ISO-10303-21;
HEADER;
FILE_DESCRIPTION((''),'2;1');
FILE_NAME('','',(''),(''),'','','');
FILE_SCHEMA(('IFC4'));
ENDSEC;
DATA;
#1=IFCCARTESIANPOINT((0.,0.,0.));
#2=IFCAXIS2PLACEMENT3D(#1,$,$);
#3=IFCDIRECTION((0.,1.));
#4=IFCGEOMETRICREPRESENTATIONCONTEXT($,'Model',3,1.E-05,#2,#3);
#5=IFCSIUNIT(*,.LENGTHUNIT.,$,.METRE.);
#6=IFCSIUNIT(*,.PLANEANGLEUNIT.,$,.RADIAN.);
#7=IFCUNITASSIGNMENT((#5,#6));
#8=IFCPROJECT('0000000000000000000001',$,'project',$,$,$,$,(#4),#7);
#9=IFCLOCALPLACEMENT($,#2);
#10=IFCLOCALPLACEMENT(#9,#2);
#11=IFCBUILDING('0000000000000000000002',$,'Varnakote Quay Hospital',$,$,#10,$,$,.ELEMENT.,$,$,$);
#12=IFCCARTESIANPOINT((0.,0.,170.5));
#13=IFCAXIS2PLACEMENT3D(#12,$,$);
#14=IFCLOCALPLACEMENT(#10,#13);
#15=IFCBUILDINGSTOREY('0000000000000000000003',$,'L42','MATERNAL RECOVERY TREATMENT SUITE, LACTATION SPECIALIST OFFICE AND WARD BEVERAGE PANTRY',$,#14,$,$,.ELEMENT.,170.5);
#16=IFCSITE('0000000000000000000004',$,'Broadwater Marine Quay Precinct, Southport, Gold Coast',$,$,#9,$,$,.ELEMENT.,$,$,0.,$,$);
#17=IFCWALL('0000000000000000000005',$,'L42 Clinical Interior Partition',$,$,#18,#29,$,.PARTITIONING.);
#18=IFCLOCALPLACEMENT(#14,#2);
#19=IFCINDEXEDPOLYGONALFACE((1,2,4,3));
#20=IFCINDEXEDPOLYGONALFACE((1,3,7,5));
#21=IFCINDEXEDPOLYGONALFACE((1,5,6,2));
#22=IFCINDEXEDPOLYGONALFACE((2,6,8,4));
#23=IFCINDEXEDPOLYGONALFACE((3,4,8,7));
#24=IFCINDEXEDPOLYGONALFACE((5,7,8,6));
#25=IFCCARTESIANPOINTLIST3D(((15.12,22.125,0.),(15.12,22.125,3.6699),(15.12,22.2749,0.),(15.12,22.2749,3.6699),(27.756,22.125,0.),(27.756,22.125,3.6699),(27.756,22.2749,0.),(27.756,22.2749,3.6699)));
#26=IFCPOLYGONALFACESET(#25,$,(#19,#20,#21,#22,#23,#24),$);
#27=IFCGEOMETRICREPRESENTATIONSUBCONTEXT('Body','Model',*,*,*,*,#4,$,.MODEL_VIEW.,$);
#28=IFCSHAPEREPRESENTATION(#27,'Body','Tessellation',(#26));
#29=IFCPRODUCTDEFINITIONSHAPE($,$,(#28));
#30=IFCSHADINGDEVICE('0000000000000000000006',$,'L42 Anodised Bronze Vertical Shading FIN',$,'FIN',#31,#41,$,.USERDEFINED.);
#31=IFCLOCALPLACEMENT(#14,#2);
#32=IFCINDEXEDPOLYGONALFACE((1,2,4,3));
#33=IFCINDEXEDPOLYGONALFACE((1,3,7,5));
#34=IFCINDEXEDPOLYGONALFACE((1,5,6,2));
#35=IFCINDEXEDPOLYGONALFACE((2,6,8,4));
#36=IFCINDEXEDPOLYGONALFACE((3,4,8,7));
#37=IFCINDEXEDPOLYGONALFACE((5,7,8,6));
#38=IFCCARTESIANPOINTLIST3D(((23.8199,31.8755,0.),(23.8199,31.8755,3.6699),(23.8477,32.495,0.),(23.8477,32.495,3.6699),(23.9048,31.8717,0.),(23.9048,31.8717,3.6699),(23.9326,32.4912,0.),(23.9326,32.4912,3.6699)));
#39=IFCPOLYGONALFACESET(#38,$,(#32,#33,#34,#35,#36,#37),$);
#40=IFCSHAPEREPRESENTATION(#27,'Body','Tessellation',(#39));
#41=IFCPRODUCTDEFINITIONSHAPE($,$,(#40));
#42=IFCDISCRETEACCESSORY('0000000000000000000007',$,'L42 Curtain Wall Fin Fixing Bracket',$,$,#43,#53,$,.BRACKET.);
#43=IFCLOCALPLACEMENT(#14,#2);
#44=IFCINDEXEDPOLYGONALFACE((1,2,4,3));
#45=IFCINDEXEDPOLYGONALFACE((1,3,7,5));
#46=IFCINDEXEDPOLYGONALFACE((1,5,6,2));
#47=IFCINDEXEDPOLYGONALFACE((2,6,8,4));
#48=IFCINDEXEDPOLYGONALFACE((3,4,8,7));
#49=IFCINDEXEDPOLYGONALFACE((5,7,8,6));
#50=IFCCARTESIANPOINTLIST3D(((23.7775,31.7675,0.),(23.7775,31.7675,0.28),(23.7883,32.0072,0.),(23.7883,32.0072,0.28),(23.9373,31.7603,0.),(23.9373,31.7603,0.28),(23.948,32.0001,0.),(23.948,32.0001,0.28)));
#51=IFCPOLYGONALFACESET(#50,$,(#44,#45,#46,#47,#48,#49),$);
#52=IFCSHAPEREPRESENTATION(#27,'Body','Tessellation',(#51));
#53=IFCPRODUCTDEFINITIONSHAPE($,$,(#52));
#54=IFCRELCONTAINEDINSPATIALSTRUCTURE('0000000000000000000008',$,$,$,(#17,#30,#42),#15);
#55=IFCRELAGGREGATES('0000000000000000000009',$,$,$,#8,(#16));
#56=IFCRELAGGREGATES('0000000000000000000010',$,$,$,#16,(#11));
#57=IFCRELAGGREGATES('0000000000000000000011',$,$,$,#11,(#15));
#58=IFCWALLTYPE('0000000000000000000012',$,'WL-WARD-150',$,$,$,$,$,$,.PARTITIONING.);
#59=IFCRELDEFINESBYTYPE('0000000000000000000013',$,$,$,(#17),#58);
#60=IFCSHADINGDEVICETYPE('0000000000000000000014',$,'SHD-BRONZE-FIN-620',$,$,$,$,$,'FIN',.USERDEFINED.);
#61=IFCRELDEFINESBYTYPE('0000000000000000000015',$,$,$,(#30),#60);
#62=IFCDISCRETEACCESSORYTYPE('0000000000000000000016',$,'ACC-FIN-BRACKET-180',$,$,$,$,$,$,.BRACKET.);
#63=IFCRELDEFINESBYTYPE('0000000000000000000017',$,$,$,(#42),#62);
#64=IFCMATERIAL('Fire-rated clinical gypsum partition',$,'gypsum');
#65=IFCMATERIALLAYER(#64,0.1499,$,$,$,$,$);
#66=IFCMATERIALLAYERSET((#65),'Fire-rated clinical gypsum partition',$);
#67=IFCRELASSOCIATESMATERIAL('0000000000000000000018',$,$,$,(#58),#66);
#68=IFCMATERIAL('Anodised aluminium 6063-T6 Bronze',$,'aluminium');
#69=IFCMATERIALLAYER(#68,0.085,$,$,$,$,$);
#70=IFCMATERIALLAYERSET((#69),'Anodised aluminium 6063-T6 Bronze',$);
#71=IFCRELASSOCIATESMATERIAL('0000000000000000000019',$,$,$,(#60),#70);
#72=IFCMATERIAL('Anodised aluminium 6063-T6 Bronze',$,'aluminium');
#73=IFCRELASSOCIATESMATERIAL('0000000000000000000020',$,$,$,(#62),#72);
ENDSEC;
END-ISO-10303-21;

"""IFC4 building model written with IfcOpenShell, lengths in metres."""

from ifc_helpers import new_model, si_unit, direction, frame, frame_2d, origin, origin_2d, place, context, subcontext, project, spatial, rectangle, extrude, material, layer, layer_set, type_object, element, save


model = new_model("IFC4")

# Units and contexts
model_context = context("Model", 3, precision=1e-05, world=origin(), true_north=direction((0.0, 1.0)))
body_context = subcontext(model_context, "Body", "Model", "MODEL_VIEW")
ifc_project = project(units=[si_unit("LENGTHUNIT", "METRE"), si_unit("PLANEANGLEUNIT", "RADIAN")], contexts=[model_context])

# Site, building, storey
site_placement = place(None, origin())
site = spatial("IfcSite", under=ifc_project, at=site_placement, Name="Broadwater Marine Quay Precinct, Southport, Gold Coast", CompositionType="ELEMENT", RefElevation=0.0)
building_placement = place(site_placement, origin())
building = spatial("IfcBuilding", under=site, at=building_placement, Name="Varnakote Quay Hospital", CompositionType="ELEMENT")
storey_placement = place(building_placement, frame((0.0, 0.0, 170.5)))
storey = spatial("IfcBuildingStorey", under=building, at=storey_placement, Name="L42", Description="MATERNAL RECOVERY TREATMENT SUITE, LACTATION SPECIALIST OFFICE AND WARD BEVERAGE PANTRY", CompositionType="ELEMENT", Elevation=170.5)

# Shared definitions
ifc_material_1 = material(Name="Fire-rated clinical gypsum partition", Category="gypsum")
ifc_layer_1 = layer(ifc_material_1, 0.1499)
ifc_layer_set_1 = layer_set([ifc_layer_1], Name="Fire-rated clinical gypsum partition")
wall_type_1 = type_object("IfcWallType", Name="WL-WARD-150", PredefinedType="PARTITIONING", material=ifc_layer_set_1)

# Wall
wall_1_placement = place(storey_placement, frame((15.1201, 22.2, 0.0), z_axis=(0.0, 0.0, 1.0), x_axis=(1.0, 0.0, 0.0)))
element("IfcWall", 1, at=wall_1_placement, inside=storey, type_object=wall_type_1, Name="L42 Clinical Interior Partition", PredefinedType="PARTITIONING", context=body_context, shape_type="SweptSolid", body=[
    extrude(rectangle(XDim=12.636, YDim=0.1499, at=frame_2d((6.3179, 0.0))), origin(), (0.0, 0.0, 1.0), 3.6699),
])

# Shading device
ifc_material_2 = material(Name="Anodised aluminium 6063-T6 Bronze", Category="aluminium")
ifc_layer_2 = layer(ifc_material_2, 0.085)
ifc_layer_set_2 = layer_set([ifc_layer_2], Name="Anodised aluminium 6063-T6 Bronze")
shading_device_type = type_object("IfcShadingDeviceType", Name="SHD-BRONZE-FIN-620", ElementType="FIN", PredefinedType="USERDEFINED", material=ifc_layer_set_2)
shading_device_placement = place(storey_placement, frame((23.8762, 32.1833, 0.0), z_axis=(0.0, 0.0, 1.0), x_axis=(-0.04484, -0.998994, 0.0)))
element("IfcShadingDevice", 2, at=shading_device_placement, inside=storey, type_object=shading_device_type, Name="L42 Anodised Bronze Vertical Shading FIN", ObjectType="FIN", PredefinedType="USERDEFINED", context=body_context, shape_type="SweptSolid", body=[
    extrude(rectangle(XDim=0.6201, YDim=0.085, at=origin_2d()), origin(), (0.0, 0.0, 1.0), 3.6699),
])

# Discrete accessory
ifc_material_3 = material(Name="Anodised aluminium 6063-T6 Bronze", Category="aluminium")
discrete_accessory_type = type_object("IfcDiscreteAccessoryType", Name="ACC-FIN-BRACKET-180", PredefinedType="BRACKET", material=ifc_material_3)
discrete_accessory_placement = place(storey_placement, frame((23.8628, 31.8838, 0.0), z_axis=(0.0, 0.0, 1.0), x_axis=(-0.998994, 0.04484, 0.0)))
element("IfcDiscreteAccessory", 3, at=discrete_accessory_placement, inside=storey, type_object=discrete_accessory_type, Name="L42 Curtain Wall Fin Fixing Bracket", PredefinedType="BRACKET", context=body_context, shape_type="SweptSolid", body=[
    extrude(rectangle(XDim=0.1599, YDim=0.24, at=origin_2d()), origin(), (0.0, 0.0, 1.0), 0.28),
])

save(model, "model.ifc")
